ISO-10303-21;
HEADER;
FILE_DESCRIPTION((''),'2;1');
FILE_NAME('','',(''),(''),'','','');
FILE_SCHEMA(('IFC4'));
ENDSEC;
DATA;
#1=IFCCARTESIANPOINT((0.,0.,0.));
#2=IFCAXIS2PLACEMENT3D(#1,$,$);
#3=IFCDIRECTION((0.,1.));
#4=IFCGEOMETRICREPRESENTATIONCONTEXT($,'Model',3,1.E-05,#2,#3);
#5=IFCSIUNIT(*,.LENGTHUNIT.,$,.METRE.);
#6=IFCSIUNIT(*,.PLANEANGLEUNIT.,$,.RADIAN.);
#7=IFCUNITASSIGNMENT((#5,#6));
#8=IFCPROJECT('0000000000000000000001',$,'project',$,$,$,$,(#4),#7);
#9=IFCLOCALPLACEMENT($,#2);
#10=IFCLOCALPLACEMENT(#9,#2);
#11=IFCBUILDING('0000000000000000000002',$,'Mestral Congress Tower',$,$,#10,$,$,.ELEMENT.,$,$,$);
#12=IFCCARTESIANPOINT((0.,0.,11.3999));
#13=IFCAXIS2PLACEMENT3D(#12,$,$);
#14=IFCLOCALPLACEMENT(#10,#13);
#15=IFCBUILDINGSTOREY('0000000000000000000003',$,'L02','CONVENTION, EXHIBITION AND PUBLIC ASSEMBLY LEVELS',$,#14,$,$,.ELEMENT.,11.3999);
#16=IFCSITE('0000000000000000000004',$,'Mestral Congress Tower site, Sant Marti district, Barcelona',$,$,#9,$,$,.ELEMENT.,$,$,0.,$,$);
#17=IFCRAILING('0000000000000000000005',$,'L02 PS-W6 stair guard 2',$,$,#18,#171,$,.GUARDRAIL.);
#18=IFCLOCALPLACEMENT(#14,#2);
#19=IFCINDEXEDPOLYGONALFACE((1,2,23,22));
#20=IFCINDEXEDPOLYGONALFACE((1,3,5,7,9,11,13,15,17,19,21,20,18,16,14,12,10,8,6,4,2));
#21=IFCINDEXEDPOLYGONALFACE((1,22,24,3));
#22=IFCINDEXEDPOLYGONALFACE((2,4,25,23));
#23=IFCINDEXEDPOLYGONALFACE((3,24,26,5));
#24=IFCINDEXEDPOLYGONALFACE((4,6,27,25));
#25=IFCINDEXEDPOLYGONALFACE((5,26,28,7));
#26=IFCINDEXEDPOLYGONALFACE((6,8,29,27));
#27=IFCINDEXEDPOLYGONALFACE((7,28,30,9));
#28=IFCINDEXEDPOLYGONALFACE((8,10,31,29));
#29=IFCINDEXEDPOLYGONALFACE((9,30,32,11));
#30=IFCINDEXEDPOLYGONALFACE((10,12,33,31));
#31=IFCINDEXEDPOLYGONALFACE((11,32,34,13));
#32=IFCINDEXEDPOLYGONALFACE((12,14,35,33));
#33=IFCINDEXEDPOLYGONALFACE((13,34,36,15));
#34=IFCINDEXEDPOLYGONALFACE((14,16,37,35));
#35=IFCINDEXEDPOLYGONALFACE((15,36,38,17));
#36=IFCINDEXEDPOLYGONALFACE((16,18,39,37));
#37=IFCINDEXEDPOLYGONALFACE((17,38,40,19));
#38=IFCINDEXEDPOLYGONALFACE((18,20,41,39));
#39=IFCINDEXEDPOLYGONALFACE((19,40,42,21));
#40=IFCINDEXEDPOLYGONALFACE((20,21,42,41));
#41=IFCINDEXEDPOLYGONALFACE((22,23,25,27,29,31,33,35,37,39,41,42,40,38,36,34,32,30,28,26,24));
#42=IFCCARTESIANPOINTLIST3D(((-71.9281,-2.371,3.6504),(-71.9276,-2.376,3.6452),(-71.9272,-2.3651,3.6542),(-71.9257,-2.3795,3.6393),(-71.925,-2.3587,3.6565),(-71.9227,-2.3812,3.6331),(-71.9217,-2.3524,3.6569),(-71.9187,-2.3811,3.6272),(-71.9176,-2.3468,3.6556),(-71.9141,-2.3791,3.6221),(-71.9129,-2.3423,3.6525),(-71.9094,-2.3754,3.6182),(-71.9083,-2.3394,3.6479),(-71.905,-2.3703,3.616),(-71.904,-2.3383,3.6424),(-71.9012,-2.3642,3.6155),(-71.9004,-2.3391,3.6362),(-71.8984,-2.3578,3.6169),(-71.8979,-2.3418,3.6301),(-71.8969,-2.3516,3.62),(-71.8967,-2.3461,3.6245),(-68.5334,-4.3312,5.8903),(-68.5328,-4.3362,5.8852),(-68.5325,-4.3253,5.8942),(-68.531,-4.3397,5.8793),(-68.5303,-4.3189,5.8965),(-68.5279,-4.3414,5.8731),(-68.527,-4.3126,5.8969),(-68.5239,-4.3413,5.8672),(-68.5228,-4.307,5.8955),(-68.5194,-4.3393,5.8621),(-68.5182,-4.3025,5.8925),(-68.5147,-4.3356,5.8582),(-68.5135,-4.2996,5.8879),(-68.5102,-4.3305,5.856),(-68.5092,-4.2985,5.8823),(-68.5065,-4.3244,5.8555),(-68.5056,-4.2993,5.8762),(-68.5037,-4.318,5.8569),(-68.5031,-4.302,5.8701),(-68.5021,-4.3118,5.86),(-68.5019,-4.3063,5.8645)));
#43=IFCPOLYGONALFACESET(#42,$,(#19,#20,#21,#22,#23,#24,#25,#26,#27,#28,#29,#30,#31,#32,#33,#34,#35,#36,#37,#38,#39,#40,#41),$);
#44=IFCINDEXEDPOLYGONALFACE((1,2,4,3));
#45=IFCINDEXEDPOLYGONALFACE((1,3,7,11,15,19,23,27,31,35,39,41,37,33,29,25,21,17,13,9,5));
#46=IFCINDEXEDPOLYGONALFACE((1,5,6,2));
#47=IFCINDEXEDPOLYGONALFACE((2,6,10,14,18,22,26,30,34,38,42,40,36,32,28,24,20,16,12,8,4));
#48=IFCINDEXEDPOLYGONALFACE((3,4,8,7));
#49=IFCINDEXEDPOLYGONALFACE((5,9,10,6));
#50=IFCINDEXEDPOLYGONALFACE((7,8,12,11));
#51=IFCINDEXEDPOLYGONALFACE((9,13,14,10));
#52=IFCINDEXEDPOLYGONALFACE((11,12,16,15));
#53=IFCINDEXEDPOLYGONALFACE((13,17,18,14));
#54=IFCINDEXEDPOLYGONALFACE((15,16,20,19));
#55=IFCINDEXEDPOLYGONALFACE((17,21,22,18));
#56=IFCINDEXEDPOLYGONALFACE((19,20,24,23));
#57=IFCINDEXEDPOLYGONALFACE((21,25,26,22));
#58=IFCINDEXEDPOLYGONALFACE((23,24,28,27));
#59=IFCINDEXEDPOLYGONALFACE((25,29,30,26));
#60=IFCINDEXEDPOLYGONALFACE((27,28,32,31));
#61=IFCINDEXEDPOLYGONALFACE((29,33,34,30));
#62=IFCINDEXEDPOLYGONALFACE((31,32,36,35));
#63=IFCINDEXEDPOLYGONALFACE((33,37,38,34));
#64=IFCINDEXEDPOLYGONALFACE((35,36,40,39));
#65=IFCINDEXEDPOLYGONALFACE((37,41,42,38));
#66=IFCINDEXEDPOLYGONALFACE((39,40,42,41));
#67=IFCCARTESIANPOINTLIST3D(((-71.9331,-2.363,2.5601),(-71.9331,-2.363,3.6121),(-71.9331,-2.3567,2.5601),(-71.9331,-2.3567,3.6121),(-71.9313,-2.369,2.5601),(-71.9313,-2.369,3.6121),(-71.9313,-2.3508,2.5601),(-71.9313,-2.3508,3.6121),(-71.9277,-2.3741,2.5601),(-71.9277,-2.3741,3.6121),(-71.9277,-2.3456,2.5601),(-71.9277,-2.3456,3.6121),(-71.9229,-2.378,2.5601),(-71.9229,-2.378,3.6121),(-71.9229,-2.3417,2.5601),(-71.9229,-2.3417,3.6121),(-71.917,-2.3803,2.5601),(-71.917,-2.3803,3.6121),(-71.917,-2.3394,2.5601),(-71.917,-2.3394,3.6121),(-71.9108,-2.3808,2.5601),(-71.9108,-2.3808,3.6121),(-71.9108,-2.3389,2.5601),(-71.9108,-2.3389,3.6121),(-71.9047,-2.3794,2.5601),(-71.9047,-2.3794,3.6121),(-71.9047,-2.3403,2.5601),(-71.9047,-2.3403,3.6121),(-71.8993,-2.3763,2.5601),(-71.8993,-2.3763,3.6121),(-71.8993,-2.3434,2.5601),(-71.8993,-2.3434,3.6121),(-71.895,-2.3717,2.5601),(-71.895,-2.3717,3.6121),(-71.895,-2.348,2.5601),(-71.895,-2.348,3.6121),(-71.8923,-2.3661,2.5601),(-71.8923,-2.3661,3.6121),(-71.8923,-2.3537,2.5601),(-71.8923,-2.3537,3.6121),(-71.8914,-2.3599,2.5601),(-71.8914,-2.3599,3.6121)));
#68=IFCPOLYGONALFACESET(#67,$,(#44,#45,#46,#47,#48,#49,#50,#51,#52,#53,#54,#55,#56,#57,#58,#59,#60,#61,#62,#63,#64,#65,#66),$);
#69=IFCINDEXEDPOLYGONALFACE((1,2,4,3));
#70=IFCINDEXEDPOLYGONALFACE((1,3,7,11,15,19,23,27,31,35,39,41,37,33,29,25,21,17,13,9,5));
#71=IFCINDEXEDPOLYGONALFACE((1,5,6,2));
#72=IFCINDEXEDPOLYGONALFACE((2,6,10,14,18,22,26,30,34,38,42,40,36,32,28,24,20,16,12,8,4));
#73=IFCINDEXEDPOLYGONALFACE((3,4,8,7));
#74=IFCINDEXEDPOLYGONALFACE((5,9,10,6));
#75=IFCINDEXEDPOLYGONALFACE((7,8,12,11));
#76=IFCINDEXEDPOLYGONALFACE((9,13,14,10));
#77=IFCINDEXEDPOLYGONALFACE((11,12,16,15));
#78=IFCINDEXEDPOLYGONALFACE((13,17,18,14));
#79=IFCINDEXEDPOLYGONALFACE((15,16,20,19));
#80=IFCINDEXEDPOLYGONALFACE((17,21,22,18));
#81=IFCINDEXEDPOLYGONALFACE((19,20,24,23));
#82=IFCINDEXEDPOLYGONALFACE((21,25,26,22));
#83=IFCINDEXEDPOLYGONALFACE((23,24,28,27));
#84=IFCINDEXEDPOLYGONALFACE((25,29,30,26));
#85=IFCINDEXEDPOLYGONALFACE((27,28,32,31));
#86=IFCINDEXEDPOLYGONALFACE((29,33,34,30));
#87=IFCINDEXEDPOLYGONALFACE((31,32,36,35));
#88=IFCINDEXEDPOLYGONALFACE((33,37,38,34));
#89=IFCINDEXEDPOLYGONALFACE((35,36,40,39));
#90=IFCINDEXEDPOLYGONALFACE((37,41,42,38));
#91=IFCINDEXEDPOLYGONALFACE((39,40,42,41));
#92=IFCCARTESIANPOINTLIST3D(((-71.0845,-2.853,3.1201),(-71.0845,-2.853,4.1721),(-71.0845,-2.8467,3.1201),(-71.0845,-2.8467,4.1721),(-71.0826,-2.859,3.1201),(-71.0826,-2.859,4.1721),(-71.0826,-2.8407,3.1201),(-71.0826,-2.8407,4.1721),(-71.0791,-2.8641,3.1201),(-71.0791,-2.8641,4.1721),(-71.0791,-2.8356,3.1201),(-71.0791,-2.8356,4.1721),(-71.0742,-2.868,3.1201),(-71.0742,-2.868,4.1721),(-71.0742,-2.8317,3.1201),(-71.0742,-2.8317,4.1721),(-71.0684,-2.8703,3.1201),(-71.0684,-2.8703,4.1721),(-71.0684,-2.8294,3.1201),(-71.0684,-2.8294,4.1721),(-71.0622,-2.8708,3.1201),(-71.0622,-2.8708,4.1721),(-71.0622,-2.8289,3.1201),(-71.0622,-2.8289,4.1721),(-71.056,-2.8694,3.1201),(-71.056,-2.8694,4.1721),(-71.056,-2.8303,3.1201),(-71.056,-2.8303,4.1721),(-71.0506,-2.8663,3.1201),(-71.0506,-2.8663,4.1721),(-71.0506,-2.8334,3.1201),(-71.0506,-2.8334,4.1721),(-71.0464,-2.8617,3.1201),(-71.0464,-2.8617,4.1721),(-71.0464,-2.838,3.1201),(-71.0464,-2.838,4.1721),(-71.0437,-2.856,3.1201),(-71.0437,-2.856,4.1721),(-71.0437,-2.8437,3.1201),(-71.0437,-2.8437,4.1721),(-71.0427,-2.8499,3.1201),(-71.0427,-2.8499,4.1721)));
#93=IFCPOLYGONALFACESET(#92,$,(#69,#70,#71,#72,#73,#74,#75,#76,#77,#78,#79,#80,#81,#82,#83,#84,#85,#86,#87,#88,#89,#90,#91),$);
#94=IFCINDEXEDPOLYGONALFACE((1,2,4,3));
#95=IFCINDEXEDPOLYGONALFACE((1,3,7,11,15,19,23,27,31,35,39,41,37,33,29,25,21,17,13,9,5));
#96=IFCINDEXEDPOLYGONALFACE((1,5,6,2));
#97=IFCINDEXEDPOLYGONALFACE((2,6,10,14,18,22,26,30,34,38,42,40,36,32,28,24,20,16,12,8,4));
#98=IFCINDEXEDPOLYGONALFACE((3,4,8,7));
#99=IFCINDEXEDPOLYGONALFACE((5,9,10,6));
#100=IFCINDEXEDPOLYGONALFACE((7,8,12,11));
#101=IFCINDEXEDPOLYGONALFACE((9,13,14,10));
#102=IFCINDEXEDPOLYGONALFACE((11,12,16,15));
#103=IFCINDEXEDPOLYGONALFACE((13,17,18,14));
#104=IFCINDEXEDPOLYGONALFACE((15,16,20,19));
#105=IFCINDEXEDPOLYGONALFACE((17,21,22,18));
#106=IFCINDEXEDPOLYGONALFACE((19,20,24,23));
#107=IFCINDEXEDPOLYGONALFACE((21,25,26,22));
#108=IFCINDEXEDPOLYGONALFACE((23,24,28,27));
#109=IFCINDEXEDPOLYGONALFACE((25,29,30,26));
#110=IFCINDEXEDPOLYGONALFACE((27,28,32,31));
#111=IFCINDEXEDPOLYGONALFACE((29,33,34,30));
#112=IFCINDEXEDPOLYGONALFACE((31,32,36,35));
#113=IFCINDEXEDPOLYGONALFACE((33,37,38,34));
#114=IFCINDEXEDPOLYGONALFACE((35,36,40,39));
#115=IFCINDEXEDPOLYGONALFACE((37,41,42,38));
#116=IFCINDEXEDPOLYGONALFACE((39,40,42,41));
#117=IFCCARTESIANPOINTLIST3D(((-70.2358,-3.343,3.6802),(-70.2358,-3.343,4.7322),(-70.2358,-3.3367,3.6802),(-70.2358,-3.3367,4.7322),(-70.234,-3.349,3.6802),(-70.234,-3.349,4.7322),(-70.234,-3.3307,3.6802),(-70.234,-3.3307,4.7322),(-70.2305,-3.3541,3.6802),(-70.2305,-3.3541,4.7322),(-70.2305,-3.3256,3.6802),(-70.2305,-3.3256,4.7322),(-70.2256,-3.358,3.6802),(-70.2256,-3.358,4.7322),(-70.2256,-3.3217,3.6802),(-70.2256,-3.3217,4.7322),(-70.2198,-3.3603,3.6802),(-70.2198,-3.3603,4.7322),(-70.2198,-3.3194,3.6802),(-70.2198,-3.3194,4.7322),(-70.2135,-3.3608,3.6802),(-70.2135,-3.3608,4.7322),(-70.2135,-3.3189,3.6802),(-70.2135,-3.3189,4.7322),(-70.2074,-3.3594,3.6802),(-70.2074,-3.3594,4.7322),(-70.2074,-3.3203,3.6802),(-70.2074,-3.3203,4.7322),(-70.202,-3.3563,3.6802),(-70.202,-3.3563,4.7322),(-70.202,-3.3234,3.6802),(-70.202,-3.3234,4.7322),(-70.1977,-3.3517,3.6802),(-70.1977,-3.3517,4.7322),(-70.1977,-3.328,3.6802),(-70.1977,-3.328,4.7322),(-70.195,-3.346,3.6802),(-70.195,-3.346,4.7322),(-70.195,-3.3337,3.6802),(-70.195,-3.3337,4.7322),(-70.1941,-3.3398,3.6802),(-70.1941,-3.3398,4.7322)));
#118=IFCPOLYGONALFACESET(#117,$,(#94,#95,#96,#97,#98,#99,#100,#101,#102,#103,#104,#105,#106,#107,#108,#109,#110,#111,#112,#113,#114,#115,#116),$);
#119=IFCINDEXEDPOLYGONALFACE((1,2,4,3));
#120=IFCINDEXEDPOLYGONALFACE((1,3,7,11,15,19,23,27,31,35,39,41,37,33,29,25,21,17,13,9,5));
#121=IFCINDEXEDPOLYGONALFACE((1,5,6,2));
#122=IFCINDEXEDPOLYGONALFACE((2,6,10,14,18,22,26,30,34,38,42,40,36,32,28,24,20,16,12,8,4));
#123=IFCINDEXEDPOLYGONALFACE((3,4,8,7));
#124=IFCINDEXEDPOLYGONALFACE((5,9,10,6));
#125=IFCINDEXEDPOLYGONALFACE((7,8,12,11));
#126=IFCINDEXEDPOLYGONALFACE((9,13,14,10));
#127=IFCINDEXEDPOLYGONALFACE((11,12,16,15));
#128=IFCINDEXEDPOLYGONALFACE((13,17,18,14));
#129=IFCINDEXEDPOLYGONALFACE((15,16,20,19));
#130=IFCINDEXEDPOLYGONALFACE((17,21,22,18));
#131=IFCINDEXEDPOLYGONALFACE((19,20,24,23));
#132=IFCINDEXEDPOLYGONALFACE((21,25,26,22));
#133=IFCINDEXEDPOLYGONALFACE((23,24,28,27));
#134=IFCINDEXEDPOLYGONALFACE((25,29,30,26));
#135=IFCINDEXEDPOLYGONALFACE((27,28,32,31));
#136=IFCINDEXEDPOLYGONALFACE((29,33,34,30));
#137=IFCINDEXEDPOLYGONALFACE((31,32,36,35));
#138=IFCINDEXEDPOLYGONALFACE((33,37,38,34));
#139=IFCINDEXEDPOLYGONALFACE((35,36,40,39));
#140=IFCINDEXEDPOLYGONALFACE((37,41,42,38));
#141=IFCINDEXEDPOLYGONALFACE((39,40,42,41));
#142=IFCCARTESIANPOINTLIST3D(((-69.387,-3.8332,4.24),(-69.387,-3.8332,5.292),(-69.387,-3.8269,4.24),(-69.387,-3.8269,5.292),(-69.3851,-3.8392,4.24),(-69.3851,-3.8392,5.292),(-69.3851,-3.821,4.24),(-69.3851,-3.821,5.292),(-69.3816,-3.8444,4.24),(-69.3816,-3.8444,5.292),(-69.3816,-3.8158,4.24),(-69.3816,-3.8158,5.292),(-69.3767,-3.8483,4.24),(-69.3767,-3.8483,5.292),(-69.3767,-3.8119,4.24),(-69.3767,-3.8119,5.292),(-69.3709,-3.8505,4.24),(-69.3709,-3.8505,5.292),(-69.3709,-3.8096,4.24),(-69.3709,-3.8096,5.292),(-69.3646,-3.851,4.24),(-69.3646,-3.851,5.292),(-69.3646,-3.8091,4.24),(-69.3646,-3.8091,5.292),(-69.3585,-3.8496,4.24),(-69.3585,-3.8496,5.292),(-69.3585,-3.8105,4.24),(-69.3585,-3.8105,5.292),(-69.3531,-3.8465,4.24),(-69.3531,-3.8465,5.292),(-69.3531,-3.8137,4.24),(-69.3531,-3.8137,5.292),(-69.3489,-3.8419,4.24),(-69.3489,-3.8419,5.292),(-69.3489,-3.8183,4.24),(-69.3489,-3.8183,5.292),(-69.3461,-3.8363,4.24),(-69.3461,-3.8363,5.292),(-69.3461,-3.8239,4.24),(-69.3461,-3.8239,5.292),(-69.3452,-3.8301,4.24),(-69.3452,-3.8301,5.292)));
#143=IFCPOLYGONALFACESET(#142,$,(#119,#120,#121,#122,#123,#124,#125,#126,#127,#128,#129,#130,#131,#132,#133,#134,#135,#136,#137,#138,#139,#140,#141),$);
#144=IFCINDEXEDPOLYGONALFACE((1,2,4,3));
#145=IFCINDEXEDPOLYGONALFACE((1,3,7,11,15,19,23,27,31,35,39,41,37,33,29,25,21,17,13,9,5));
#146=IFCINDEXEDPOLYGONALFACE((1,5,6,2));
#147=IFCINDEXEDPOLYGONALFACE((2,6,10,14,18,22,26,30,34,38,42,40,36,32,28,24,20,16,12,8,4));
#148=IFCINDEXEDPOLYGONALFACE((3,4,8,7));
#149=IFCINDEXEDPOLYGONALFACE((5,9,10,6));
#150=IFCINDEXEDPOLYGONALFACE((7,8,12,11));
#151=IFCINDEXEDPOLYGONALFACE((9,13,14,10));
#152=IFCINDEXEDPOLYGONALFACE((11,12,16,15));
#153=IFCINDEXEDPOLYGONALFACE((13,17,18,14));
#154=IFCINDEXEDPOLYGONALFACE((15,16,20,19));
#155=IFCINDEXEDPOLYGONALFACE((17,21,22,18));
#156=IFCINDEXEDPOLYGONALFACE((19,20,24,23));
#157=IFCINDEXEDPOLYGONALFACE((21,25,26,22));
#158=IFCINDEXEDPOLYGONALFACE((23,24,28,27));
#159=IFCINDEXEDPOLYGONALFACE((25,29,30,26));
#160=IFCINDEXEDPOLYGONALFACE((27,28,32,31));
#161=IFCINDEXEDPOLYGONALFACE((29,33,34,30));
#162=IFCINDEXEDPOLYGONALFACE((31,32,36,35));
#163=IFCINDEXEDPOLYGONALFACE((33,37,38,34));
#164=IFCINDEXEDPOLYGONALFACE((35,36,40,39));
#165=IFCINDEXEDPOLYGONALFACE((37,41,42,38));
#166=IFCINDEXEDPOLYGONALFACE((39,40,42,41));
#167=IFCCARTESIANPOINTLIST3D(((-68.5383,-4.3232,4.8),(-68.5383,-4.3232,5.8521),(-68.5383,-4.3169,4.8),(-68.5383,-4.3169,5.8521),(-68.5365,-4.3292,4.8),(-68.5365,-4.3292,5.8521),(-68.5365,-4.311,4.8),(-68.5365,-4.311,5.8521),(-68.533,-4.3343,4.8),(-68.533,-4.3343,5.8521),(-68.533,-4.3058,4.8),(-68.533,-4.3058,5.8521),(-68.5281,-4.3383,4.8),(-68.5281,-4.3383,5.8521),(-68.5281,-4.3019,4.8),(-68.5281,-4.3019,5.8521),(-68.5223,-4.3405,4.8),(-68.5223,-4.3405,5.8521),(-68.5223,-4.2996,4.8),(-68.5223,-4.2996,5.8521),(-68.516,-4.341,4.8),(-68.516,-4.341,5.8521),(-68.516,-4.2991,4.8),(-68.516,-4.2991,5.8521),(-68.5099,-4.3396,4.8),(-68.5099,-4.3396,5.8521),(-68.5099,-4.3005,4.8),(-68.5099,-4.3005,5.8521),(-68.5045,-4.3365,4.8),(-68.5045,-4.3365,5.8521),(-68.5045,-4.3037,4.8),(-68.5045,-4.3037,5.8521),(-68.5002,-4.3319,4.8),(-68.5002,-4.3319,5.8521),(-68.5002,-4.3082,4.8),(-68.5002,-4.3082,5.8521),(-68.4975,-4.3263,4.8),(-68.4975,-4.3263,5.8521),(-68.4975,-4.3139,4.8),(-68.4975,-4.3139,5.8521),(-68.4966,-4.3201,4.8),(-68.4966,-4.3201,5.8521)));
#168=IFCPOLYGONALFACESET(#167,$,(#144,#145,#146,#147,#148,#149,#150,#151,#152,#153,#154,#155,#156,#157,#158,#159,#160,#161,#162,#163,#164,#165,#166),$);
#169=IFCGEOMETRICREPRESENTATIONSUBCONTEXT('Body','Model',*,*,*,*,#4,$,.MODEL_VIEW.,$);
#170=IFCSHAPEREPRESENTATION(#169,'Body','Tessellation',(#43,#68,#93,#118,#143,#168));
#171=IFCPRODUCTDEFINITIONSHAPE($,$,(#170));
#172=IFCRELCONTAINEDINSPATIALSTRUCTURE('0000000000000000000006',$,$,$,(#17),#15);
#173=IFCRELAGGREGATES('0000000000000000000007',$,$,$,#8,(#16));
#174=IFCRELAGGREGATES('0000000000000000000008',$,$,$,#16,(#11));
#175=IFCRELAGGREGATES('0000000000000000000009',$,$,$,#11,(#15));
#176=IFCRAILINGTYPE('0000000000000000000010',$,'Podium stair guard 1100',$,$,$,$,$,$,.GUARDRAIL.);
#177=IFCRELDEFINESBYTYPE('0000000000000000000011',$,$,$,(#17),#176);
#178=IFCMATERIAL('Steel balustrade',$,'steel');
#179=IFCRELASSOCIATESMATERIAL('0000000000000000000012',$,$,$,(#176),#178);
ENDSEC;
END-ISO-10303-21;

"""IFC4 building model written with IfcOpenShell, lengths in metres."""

from ifc_helpers import new_model, si_unit, direction, frame, origin, origin_2d, place, context, subcontext, project, spatial, circle, extrude, material, type_object, element, save


model = new_model("IFC4")

# Units and contexts
model_context = context("Model", 3, precision=1e-05, world=origin(), true_north=direction((0.0, 1.0)))
body_context = subcontext(model_context, "Body", "Model", "MODEL_VIEW")
ifc_project = project(units=[si_unit("LENGTHUNIT", "METRE"), si_unit("PLANEANGLEUNIT", "RADIAN")], contexts=[model_context])

# Site, building, storey
site_placement = place(None, origin())
site = spatial("IfcSite", under=ifc_project, at=site_placement, Name="Mestral Congress Tower site, Sant Marti district, Barcelona", CompositionType="ELEMENT", RefElevation=0.0)
building_placement = place(site_placement, origin())
building = spatial("IfcBuilding", under=site, at=building_placement, Name="Mestral Congress Tower", CompositionType="ELEMENT")
storey_placement = place(building_placement, frame((0.0, 0.0, 11.3999)))
storey = spatial("IfcBuildingStorey", under=building, at=storey_placement, Name="L02", Description="CONVENTION, EXHIBITION AND PUBLIC ASSEMBLY LEVELS", CompositionType="ELEMENT", Elevation=11.3999)

# Railing
ifc_material_1 = material(Name="Steel balustrade", Category="steel")
railing_type_1 = type_object("IfcRailingType", Name="Podium stair guard 1100", PredefinedType="GUARDRAIL", material=ifc_material_1)
railing_1_placement = place(storey_placement, frame((-71.9124, -2.3599, 2.5601)))
element("IfcRailing", 1, at=railing_1_placement, inside=storey, type_object=railing_type_1, Name="L02 PS-W6 stair guard 2", PredefinedType="GUARDRAIL", context=body_context, shape_type="SweptSolid", body=[
    extrude(circle(Radius=0.0239, at=origin_2d()), frame((0.0, 0.0, 1.0762), z_axis=(0.751902, -0.434162, 0.496131), x_axis=(0.500044, 0.866, 0.0)), (0.0, 0.0, 1.0), 4.5149),
    extrude(circle(Radius=0.021, at=origin_2d()), origin(), (0.0, 0.0, 1.0), 1.052),
    extrude(circle(Radius=0.021, at=origin_2d()), frame((0.8486, -0.49, 0.5601)), (0.0, 0.0, 1.0), 1.052),
    extrude(circle(Radius=0.021, at=origin_2d()), frame((1.6973, -0.98, 1.1201)), (0.0, 0.0, 1.0), 1.052),
    extrude(circle(Radius=0.021, at=origin_2d()), frame((2.5461, -1.4702, 1.6799)), (0.0, 0.0, 1.0), 1.052),
    extrude(circle(Radius=0.021, at=origin_2d()), frame((3.3948, -1.9602, 2.24)), (0.0, 0.0, 1.0), 1.052),
])

save(model, "model.ifc")
